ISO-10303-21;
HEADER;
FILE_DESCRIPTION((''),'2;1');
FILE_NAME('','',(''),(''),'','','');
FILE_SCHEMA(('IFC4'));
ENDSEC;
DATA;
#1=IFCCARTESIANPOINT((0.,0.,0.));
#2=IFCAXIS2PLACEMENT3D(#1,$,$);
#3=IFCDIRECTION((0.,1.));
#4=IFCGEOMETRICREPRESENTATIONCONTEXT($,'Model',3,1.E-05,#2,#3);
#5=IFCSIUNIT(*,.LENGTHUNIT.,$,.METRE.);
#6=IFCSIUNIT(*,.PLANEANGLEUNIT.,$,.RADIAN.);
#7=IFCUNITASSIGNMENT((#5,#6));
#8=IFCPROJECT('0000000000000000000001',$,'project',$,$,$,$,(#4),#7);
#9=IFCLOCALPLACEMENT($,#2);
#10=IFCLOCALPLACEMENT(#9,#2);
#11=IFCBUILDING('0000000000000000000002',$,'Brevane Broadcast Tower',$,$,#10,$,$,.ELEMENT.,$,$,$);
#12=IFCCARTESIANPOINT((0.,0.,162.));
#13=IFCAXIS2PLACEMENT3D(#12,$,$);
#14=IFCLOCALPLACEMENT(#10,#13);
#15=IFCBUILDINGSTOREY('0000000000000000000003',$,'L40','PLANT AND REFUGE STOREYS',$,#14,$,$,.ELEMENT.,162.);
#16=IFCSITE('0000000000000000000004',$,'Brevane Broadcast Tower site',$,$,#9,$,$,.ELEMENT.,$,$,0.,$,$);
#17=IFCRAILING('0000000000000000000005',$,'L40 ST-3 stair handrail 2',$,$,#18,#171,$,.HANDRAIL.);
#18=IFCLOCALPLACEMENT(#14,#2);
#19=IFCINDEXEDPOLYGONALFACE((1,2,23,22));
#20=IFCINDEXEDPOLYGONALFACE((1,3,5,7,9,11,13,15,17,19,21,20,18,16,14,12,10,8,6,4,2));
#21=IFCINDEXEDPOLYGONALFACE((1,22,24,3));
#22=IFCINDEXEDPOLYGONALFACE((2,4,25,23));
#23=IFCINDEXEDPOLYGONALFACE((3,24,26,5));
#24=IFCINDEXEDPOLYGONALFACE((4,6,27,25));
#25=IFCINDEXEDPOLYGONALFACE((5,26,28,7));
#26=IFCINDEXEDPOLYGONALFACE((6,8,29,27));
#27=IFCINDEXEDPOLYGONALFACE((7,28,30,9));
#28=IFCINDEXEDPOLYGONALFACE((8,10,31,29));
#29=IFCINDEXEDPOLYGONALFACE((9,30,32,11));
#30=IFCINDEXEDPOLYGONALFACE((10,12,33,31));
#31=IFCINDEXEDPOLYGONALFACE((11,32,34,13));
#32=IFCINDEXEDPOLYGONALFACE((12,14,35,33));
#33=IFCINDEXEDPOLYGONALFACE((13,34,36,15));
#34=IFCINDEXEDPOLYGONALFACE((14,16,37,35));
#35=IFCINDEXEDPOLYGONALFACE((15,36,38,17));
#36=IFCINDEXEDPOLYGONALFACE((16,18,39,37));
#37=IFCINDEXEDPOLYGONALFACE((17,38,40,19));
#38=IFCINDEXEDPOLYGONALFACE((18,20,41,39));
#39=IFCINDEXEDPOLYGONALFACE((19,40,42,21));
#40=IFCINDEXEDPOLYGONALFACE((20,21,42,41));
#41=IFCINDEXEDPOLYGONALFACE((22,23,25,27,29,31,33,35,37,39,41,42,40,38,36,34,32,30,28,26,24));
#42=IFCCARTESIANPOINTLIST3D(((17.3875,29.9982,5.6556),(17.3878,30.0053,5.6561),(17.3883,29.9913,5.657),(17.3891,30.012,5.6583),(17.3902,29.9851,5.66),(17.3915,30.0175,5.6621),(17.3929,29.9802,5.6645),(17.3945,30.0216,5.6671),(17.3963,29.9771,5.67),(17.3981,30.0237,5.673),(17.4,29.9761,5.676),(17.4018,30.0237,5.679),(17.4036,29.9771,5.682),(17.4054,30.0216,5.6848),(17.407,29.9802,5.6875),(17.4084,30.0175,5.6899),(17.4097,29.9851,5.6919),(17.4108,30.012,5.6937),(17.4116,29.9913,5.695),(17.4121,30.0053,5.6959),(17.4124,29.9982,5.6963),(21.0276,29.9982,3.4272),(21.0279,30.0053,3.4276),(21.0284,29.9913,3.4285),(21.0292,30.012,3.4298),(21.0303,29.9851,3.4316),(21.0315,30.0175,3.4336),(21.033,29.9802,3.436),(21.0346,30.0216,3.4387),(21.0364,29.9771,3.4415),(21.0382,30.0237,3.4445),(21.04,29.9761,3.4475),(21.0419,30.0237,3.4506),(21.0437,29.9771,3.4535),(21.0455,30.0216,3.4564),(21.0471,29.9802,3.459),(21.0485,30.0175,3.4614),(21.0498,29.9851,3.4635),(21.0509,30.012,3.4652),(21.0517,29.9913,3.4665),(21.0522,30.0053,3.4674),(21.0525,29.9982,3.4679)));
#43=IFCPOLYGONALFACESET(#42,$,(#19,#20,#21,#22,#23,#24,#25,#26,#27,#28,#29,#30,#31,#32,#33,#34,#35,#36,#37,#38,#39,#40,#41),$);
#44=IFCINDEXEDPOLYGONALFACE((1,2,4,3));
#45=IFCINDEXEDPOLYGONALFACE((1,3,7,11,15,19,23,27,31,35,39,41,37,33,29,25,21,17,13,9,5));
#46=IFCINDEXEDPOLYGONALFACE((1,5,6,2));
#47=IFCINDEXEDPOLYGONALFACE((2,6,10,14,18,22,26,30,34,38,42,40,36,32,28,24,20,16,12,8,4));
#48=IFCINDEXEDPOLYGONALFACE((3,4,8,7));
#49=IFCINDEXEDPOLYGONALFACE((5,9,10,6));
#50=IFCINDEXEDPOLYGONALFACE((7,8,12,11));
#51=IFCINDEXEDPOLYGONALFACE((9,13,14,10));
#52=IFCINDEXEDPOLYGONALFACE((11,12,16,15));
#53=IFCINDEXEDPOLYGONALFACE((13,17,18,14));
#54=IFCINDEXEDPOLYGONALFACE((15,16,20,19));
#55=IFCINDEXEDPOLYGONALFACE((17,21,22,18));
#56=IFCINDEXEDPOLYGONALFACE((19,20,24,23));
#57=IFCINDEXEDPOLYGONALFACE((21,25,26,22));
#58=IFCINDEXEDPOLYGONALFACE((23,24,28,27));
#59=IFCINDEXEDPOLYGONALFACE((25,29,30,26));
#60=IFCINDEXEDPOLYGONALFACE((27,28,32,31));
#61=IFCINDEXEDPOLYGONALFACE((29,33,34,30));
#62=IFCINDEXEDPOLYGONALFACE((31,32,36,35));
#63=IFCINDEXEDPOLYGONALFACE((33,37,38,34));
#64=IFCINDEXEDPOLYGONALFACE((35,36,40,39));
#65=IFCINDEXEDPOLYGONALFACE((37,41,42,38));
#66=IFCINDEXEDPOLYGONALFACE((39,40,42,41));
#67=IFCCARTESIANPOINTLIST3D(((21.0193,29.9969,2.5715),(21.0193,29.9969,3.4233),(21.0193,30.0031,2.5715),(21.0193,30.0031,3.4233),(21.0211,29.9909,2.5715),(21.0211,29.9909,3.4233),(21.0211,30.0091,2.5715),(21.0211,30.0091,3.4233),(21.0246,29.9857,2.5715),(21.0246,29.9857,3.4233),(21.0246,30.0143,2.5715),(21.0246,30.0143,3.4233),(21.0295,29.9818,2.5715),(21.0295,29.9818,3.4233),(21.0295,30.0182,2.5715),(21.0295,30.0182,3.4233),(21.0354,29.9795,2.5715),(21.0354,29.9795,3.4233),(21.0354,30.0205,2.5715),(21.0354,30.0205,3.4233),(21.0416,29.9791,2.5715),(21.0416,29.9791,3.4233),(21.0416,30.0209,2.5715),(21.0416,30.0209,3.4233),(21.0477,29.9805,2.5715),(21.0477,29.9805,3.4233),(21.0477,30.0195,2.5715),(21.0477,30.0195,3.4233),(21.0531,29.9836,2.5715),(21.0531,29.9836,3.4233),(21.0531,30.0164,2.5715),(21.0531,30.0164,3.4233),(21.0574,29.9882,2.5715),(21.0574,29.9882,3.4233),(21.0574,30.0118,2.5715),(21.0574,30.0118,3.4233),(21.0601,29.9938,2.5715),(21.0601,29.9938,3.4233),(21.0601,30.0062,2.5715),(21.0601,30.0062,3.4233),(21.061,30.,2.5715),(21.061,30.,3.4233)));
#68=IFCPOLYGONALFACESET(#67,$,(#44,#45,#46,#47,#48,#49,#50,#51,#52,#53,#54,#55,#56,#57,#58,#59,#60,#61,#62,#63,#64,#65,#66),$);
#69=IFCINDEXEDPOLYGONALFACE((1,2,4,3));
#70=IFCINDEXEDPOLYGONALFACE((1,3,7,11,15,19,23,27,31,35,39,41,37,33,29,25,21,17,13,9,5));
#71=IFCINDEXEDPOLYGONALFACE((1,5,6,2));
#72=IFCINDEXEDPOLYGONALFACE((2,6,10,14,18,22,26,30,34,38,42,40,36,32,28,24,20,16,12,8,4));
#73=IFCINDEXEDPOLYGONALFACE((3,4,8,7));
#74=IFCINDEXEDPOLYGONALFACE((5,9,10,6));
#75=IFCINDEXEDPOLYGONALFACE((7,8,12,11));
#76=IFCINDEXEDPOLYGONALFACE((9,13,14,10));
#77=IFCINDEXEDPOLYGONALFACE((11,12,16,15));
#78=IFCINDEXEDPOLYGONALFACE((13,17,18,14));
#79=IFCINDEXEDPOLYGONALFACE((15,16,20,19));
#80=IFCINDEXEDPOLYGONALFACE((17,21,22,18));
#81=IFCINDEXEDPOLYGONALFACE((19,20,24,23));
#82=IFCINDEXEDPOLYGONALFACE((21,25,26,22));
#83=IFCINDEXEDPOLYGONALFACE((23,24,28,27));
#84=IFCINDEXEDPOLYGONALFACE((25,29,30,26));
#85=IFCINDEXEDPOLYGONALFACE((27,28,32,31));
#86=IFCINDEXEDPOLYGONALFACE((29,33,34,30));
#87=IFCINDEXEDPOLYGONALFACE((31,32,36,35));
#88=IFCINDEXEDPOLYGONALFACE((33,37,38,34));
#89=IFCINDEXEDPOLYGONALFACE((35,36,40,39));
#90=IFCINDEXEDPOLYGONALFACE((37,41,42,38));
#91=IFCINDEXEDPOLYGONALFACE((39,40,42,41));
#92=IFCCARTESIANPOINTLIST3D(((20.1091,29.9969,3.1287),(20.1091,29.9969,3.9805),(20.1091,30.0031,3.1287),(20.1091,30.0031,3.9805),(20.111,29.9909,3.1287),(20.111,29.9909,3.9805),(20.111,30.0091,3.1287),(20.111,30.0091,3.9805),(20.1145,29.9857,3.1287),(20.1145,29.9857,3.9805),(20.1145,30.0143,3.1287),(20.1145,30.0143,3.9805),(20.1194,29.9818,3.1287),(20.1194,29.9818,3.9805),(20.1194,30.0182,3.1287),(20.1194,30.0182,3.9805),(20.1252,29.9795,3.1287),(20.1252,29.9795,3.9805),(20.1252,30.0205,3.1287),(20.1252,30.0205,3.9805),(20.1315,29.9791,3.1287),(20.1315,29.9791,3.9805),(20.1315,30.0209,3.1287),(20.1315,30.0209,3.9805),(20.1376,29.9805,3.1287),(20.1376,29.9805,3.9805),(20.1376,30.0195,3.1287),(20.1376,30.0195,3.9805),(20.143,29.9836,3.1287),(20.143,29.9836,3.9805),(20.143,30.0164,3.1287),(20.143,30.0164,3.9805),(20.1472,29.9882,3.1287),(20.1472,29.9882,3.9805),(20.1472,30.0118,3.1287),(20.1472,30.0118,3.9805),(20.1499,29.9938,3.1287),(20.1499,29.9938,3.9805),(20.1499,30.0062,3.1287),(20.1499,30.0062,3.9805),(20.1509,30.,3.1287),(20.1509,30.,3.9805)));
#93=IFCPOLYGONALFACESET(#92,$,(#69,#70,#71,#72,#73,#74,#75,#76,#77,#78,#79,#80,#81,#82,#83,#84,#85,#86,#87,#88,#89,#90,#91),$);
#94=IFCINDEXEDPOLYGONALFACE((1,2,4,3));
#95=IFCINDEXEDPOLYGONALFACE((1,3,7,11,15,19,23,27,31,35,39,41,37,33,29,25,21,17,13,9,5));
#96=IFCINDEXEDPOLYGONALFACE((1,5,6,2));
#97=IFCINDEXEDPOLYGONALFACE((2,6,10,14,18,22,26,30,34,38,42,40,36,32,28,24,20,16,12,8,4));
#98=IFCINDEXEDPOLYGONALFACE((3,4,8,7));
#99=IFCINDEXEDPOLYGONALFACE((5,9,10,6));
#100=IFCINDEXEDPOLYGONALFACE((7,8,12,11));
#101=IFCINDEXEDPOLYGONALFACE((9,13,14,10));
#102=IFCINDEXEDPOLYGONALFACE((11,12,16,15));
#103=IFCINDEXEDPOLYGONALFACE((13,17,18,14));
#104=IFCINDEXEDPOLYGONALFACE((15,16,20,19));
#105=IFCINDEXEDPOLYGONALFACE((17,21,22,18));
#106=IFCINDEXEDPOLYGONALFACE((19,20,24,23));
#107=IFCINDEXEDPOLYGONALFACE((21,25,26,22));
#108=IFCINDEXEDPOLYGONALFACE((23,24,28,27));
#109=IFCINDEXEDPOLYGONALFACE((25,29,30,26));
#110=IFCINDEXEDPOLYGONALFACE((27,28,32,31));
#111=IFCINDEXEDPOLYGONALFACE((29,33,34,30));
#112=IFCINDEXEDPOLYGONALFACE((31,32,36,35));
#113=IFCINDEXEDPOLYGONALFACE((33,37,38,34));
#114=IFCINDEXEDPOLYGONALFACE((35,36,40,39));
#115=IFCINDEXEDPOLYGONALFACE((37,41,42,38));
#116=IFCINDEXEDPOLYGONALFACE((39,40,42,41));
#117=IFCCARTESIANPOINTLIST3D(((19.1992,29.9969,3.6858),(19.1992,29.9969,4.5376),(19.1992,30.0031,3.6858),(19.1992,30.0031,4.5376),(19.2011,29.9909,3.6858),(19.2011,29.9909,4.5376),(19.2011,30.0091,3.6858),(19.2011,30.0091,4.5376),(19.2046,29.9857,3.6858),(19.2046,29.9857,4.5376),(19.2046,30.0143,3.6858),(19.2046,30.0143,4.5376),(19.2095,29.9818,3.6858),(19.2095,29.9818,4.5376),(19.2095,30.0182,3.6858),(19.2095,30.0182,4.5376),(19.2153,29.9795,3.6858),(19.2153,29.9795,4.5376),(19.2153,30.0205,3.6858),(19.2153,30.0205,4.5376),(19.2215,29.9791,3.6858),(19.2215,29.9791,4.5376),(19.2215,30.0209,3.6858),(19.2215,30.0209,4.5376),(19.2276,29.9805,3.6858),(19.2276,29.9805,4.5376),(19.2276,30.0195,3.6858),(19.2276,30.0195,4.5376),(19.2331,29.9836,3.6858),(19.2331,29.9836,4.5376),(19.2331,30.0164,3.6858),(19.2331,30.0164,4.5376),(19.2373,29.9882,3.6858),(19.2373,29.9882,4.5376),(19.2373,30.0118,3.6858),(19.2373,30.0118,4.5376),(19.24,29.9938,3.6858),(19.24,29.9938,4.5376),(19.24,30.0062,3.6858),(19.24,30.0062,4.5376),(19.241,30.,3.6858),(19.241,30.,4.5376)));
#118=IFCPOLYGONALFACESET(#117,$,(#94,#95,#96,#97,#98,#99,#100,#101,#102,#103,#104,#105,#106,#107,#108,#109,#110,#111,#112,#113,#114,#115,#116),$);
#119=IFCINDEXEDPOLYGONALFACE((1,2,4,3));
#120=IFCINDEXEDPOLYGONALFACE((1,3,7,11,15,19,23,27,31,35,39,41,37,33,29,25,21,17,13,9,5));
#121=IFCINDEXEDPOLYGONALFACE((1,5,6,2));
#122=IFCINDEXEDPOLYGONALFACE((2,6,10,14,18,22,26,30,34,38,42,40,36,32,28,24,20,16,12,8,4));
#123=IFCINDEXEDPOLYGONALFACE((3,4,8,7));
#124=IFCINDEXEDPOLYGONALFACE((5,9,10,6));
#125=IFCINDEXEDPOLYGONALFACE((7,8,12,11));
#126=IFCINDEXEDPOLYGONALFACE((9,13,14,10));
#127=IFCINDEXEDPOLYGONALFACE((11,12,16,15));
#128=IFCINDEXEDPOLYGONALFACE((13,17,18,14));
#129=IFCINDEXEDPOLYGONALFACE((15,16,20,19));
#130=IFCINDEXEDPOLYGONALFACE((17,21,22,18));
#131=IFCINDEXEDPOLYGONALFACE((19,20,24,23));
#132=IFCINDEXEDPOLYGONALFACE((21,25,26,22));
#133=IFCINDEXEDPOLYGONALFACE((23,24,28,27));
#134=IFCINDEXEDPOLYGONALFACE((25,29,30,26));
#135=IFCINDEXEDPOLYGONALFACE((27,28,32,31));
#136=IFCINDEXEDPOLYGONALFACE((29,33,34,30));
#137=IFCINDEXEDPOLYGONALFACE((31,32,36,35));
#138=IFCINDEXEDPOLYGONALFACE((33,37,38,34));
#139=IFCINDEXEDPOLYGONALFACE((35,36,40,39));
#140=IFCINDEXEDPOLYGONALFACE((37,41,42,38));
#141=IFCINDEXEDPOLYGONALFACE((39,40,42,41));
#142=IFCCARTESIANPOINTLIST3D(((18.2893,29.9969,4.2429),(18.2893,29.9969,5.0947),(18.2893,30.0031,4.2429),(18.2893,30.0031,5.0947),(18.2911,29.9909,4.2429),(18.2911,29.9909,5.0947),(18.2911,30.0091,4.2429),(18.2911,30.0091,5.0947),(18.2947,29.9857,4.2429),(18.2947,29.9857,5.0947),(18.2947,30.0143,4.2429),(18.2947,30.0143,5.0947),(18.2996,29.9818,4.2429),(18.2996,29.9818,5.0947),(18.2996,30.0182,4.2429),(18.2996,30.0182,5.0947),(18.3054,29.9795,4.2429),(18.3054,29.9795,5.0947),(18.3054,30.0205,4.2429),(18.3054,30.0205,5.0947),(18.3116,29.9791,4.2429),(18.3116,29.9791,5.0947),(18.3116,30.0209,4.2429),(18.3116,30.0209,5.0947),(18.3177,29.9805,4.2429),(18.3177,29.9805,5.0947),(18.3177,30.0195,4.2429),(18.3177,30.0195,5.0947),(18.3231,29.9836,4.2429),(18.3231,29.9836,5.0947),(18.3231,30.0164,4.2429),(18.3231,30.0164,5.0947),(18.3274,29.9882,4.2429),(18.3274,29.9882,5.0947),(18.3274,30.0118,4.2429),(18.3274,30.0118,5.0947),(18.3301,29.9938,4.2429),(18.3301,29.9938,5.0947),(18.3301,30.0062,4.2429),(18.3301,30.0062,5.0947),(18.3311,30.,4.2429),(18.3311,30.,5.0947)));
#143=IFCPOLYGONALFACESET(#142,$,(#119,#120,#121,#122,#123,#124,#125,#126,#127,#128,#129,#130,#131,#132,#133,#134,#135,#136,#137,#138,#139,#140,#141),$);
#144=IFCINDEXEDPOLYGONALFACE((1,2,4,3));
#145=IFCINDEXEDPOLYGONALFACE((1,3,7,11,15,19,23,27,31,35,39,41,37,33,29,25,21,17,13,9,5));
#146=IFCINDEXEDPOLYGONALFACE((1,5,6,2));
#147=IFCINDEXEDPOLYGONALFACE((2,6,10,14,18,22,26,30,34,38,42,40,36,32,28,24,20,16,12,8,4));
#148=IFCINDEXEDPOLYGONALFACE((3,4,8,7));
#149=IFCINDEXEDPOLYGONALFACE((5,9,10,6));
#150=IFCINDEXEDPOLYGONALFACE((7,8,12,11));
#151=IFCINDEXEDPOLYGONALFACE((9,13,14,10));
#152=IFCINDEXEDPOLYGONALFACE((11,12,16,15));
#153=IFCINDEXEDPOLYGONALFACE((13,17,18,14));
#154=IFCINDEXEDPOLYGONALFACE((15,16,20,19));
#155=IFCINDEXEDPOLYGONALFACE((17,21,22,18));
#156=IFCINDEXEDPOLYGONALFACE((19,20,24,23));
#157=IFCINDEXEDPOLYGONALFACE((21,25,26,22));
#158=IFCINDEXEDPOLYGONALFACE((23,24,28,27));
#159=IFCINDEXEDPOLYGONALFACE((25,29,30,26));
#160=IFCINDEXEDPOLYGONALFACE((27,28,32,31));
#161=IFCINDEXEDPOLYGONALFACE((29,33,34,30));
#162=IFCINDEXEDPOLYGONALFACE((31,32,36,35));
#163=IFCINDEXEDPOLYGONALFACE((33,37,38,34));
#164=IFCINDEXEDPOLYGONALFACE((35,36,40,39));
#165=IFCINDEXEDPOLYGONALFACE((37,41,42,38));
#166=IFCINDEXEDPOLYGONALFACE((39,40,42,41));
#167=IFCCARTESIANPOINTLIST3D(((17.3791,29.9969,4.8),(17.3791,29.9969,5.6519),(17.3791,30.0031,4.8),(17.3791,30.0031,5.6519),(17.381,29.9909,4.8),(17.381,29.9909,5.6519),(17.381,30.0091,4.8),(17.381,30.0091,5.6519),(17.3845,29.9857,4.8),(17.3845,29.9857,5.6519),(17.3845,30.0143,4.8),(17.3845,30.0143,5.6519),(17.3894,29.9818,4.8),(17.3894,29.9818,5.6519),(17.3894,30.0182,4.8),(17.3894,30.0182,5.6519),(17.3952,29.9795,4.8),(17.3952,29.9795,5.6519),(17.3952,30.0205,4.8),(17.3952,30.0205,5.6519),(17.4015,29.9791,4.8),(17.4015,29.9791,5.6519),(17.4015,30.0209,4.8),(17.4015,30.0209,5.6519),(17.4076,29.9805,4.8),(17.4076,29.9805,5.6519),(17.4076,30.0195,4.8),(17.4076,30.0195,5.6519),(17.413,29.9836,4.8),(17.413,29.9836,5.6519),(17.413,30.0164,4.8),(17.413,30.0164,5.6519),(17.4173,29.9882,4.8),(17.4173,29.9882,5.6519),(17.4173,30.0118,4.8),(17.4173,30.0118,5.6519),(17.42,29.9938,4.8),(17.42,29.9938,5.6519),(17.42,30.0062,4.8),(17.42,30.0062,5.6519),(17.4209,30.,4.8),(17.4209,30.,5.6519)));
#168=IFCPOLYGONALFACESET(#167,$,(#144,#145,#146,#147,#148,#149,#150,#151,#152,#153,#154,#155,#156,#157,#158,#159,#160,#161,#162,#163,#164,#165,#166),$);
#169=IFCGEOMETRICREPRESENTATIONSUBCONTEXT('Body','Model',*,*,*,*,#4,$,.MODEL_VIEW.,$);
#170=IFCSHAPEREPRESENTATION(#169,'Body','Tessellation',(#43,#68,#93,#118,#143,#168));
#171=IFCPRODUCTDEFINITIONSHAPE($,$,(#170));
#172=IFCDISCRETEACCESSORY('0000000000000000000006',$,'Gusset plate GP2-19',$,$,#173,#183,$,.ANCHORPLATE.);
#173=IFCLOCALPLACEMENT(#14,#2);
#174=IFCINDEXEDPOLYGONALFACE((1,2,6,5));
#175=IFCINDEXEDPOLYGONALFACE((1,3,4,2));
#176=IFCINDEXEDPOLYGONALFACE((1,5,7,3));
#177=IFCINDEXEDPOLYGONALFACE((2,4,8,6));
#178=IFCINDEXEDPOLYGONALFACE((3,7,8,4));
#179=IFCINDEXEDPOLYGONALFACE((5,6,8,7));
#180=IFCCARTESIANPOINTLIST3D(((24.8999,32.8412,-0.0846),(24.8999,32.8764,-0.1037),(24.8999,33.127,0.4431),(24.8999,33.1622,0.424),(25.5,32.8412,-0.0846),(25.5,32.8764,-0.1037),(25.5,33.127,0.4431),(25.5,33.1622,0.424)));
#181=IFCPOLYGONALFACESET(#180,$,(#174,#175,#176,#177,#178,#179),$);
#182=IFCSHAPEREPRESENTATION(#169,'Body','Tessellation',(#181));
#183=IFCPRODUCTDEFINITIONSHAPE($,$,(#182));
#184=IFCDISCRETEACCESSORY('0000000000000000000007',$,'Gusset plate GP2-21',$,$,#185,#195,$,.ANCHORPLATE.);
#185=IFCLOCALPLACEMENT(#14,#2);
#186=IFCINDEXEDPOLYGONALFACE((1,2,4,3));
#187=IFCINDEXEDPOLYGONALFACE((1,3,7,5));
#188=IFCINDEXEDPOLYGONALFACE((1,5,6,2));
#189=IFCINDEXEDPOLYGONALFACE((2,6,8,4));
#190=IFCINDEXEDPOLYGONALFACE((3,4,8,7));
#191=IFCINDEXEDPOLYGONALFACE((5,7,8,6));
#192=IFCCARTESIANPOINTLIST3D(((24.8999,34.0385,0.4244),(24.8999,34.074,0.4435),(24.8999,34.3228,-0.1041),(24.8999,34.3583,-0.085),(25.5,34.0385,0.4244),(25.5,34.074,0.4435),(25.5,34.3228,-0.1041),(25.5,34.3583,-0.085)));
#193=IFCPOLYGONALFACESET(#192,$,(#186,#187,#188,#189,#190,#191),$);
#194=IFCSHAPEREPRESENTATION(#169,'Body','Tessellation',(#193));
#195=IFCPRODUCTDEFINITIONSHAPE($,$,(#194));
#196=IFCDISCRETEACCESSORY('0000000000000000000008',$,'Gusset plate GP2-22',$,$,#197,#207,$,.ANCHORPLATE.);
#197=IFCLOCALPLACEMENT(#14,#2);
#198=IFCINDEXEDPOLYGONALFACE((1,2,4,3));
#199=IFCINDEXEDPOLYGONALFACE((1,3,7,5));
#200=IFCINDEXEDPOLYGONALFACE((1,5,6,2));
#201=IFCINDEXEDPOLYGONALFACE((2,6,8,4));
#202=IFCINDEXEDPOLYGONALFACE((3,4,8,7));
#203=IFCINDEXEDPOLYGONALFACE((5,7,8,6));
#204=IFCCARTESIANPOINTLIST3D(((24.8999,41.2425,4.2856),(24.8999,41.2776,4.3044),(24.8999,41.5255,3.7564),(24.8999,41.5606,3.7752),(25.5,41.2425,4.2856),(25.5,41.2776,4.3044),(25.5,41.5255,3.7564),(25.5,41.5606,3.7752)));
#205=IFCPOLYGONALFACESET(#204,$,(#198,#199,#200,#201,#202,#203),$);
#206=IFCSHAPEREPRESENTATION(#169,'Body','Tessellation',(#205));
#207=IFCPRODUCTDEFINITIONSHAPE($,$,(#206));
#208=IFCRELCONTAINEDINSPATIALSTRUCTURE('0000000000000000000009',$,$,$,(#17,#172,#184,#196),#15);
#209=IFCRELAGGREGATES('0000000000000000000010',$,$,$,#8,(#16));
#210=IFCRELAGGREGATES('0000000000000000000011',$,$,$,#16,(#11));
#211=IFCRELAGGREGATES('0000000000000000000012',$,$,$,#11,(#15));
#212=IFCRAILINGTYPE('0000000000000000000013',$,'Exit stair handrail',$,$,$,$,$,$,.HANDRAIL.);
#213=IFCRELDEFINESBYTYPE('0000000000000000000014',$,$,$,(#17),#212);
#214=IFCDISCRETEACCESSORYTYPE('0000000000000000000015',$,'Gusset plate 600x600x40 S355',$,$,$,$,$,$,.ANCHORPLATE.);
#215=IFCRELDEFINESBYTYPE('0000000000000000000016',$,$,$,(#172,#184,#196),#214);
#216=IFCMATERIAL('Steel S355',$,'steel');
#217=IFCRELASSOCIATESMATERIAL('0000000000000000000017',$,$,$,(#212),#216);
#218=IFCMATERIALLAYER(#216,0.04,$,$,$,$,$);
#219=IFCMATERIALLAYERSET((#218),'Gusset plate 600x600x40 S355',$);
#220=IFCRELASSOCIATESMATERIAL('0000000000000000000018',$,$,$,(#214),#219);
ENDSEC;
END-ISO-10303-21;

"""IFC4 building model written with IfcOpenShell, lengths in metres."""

from ifc_helpers import new_model, si_unit, direction, frame, origin, origin_2d, place, context, subcontext, project, spatial, rectangle, circle, extrude, material, layer, layer_set, type_object, element, save


model = new_model("IFC4")

# Units and contexts
model_context = context("Model", 3, precision=1e-05, world=origin(), true_north=direction((0.0, 1.0)))
body_context = subcontext(model_context, "Body", "Model", "MODEL_VIEW")
ifc_project = project(units=[si_unit("LENGTHUNIT", "METRE"), si_unit("PLANEANGLEUNIT", "RADIAN")], contexts=[model_context])

# Site, building, storey
site_placement = place(None, origin())
site = spatial("IfcSite", under=ifc_project, at=site_placement, Name="Brevane Broadcast Tower site", CompositionType="ELEMENT", RefElevation=0.0)
building_placement = place(site_placement, origin())
building = spatial("IfcBuilding", under=site, at=building_placement, Name="Brevane Broadcast Tower", CompositionType="ELEMENT")
storey_placement = place(building_placement, frame((0.0, 0.0, 162.0)))
storey = spatial("IfcBuildingStorey", under=building, at=storey_placement, Name="L40", Description="PLANT AND REFUGE STOREYS", CompositionType="ELEMENT", Elevation=162.0)

# Shared definitions
ifc_material_1 = material(Name="Steel S355", Category="steel")

# Railing
railing_type = type_object("IfcRailingType", Name="Exit stair handrail", PredefinedType="HANDRAIL", material=ifc_material_1)
railing_placement = place(storey_placement, frame((21.04, 30.0, 2.5715)))
element("IfcRailing", 1, at=railing_placement, inside=storey, type_object=railing_type, Name="L40 ST-3 stair handrail 2", PredefinedType="HANDRAIL", context=body_context, shape_type="SweptSolid", body=[
    extrude(circle(Radius=0.0239, at=origin_2d()), frame((0.0, 0.0, 0.876), z_axis=(-0.852866, 0.0, 0.52213), x_axis=(0.0, -1.0, 0.0)), (0.0, 0.0, 1.0), 4.2681),
    extrude(circle(Radius=0.021, at=origin_2d()), origin(), (0.0, 0.0, 1.0), 0.8518),
    extrude(circle(Radius=0.021, at=origin_2d()), frame((-0.9102, 0.0, 0.5571)), (0.0, 0.0, 1.0), 0.8518),
    extrude(circle(Radius=0.021, at=origin_2d()), frame((-1.8201, 0.0, 1.1143)), (0.0, 0.0, 1.0), 0.8518),
    extrude(circle(Radius=0.021, at=origin_2d()), frame((-2.73, 0.0, 1.6714)), (0.0, 0.0, 1.0), 0.8518),
    extrude(circle(Radius=0.021, at=origin_2d()), frame((-3.6401, 0.0, 2.2285)), (0.0, 0.0, 1.0), 0.8518),
])

# Discrete accessories
ifc_layer_1 = layer(ifc_material_1, 0.04)
ifc_layer_set_1 = layer_set([ifc_layer_1], Name="Gusset plate 600x600x40 S355")
discrete_accessory_type = type_object("IfcDiscreteAccessoryType", Name="Gusset plate 600x600x40 S355", PredefinedType="ANCHORPLATE", material=ifc_layer_set_1)
discrete_accessory_1_placement = place(storey_placement, frame((25.2, 33.0193, 0.1602), z_axis=(0.0, -0.879292, 0.476283), x_axis=(1.0, 0.0, 0.0)))
element("IfcDiscreteAccessory", 2, at=discrete_accessory_1_placement, inside=storey, type_object=discrete_accessory_type, Name="Gusset plate GP2-19", PredefinedType="ANCHORPLATE", context=body_context, shape_type="SweptSolid", body=[
    extrude(rectangle(XDim=0.6001, YDim=0.6001, at=origin_2d()), origin(), (0.0, 0.0, 1.0), 0.04),
])
discrete_accessory_2_placement = place(storey_placement, frame((25.2, 34.1807, 0.1602), z_axis=(0.0, 0.880666, 0.473738), x_axis=(-1.0, 0.0, 0.0)))
element("IfcDiscreteAccessory", 3, at=discrete_accessory_2_placement, inside=storey, type_object=discrete_accessory_type, Name="Gusset plate GP2-21", PredefinedType="ANCHORPLATE", context=body_context, shape_type="SweptSolid", body=[
    extrude(rectangle(XDim=0.6001, YDim=0.6001, at=origin_2d()), origin(), (0.0, 0.0, 1.0), 0.0403),
])
discrete_accessory_3_placement = place(storey_placement, frame((25.2, 41.384, 4.021), z_axis=(0.0, 0.881844, 0.471542), x_axis=(-1.0, 0.0, 0.0)))
element("IfcDiscreteAccessory", 4, at=discrete_accessory_3_placement, inside=storey, type_object=discrete_accessory_type, Name="Gusset plate GP2-22", PredefinedType="ANCHORPLATE", context=body_context, shape_type="SweptSolid", body=[
    extrude(rectangle(XDim=0.6001, YDim=0.6001, at=origin_2d()), origin(), (0.0, 0.0, 1.0), 0.0398),
])

save(model, "model.ifc")
